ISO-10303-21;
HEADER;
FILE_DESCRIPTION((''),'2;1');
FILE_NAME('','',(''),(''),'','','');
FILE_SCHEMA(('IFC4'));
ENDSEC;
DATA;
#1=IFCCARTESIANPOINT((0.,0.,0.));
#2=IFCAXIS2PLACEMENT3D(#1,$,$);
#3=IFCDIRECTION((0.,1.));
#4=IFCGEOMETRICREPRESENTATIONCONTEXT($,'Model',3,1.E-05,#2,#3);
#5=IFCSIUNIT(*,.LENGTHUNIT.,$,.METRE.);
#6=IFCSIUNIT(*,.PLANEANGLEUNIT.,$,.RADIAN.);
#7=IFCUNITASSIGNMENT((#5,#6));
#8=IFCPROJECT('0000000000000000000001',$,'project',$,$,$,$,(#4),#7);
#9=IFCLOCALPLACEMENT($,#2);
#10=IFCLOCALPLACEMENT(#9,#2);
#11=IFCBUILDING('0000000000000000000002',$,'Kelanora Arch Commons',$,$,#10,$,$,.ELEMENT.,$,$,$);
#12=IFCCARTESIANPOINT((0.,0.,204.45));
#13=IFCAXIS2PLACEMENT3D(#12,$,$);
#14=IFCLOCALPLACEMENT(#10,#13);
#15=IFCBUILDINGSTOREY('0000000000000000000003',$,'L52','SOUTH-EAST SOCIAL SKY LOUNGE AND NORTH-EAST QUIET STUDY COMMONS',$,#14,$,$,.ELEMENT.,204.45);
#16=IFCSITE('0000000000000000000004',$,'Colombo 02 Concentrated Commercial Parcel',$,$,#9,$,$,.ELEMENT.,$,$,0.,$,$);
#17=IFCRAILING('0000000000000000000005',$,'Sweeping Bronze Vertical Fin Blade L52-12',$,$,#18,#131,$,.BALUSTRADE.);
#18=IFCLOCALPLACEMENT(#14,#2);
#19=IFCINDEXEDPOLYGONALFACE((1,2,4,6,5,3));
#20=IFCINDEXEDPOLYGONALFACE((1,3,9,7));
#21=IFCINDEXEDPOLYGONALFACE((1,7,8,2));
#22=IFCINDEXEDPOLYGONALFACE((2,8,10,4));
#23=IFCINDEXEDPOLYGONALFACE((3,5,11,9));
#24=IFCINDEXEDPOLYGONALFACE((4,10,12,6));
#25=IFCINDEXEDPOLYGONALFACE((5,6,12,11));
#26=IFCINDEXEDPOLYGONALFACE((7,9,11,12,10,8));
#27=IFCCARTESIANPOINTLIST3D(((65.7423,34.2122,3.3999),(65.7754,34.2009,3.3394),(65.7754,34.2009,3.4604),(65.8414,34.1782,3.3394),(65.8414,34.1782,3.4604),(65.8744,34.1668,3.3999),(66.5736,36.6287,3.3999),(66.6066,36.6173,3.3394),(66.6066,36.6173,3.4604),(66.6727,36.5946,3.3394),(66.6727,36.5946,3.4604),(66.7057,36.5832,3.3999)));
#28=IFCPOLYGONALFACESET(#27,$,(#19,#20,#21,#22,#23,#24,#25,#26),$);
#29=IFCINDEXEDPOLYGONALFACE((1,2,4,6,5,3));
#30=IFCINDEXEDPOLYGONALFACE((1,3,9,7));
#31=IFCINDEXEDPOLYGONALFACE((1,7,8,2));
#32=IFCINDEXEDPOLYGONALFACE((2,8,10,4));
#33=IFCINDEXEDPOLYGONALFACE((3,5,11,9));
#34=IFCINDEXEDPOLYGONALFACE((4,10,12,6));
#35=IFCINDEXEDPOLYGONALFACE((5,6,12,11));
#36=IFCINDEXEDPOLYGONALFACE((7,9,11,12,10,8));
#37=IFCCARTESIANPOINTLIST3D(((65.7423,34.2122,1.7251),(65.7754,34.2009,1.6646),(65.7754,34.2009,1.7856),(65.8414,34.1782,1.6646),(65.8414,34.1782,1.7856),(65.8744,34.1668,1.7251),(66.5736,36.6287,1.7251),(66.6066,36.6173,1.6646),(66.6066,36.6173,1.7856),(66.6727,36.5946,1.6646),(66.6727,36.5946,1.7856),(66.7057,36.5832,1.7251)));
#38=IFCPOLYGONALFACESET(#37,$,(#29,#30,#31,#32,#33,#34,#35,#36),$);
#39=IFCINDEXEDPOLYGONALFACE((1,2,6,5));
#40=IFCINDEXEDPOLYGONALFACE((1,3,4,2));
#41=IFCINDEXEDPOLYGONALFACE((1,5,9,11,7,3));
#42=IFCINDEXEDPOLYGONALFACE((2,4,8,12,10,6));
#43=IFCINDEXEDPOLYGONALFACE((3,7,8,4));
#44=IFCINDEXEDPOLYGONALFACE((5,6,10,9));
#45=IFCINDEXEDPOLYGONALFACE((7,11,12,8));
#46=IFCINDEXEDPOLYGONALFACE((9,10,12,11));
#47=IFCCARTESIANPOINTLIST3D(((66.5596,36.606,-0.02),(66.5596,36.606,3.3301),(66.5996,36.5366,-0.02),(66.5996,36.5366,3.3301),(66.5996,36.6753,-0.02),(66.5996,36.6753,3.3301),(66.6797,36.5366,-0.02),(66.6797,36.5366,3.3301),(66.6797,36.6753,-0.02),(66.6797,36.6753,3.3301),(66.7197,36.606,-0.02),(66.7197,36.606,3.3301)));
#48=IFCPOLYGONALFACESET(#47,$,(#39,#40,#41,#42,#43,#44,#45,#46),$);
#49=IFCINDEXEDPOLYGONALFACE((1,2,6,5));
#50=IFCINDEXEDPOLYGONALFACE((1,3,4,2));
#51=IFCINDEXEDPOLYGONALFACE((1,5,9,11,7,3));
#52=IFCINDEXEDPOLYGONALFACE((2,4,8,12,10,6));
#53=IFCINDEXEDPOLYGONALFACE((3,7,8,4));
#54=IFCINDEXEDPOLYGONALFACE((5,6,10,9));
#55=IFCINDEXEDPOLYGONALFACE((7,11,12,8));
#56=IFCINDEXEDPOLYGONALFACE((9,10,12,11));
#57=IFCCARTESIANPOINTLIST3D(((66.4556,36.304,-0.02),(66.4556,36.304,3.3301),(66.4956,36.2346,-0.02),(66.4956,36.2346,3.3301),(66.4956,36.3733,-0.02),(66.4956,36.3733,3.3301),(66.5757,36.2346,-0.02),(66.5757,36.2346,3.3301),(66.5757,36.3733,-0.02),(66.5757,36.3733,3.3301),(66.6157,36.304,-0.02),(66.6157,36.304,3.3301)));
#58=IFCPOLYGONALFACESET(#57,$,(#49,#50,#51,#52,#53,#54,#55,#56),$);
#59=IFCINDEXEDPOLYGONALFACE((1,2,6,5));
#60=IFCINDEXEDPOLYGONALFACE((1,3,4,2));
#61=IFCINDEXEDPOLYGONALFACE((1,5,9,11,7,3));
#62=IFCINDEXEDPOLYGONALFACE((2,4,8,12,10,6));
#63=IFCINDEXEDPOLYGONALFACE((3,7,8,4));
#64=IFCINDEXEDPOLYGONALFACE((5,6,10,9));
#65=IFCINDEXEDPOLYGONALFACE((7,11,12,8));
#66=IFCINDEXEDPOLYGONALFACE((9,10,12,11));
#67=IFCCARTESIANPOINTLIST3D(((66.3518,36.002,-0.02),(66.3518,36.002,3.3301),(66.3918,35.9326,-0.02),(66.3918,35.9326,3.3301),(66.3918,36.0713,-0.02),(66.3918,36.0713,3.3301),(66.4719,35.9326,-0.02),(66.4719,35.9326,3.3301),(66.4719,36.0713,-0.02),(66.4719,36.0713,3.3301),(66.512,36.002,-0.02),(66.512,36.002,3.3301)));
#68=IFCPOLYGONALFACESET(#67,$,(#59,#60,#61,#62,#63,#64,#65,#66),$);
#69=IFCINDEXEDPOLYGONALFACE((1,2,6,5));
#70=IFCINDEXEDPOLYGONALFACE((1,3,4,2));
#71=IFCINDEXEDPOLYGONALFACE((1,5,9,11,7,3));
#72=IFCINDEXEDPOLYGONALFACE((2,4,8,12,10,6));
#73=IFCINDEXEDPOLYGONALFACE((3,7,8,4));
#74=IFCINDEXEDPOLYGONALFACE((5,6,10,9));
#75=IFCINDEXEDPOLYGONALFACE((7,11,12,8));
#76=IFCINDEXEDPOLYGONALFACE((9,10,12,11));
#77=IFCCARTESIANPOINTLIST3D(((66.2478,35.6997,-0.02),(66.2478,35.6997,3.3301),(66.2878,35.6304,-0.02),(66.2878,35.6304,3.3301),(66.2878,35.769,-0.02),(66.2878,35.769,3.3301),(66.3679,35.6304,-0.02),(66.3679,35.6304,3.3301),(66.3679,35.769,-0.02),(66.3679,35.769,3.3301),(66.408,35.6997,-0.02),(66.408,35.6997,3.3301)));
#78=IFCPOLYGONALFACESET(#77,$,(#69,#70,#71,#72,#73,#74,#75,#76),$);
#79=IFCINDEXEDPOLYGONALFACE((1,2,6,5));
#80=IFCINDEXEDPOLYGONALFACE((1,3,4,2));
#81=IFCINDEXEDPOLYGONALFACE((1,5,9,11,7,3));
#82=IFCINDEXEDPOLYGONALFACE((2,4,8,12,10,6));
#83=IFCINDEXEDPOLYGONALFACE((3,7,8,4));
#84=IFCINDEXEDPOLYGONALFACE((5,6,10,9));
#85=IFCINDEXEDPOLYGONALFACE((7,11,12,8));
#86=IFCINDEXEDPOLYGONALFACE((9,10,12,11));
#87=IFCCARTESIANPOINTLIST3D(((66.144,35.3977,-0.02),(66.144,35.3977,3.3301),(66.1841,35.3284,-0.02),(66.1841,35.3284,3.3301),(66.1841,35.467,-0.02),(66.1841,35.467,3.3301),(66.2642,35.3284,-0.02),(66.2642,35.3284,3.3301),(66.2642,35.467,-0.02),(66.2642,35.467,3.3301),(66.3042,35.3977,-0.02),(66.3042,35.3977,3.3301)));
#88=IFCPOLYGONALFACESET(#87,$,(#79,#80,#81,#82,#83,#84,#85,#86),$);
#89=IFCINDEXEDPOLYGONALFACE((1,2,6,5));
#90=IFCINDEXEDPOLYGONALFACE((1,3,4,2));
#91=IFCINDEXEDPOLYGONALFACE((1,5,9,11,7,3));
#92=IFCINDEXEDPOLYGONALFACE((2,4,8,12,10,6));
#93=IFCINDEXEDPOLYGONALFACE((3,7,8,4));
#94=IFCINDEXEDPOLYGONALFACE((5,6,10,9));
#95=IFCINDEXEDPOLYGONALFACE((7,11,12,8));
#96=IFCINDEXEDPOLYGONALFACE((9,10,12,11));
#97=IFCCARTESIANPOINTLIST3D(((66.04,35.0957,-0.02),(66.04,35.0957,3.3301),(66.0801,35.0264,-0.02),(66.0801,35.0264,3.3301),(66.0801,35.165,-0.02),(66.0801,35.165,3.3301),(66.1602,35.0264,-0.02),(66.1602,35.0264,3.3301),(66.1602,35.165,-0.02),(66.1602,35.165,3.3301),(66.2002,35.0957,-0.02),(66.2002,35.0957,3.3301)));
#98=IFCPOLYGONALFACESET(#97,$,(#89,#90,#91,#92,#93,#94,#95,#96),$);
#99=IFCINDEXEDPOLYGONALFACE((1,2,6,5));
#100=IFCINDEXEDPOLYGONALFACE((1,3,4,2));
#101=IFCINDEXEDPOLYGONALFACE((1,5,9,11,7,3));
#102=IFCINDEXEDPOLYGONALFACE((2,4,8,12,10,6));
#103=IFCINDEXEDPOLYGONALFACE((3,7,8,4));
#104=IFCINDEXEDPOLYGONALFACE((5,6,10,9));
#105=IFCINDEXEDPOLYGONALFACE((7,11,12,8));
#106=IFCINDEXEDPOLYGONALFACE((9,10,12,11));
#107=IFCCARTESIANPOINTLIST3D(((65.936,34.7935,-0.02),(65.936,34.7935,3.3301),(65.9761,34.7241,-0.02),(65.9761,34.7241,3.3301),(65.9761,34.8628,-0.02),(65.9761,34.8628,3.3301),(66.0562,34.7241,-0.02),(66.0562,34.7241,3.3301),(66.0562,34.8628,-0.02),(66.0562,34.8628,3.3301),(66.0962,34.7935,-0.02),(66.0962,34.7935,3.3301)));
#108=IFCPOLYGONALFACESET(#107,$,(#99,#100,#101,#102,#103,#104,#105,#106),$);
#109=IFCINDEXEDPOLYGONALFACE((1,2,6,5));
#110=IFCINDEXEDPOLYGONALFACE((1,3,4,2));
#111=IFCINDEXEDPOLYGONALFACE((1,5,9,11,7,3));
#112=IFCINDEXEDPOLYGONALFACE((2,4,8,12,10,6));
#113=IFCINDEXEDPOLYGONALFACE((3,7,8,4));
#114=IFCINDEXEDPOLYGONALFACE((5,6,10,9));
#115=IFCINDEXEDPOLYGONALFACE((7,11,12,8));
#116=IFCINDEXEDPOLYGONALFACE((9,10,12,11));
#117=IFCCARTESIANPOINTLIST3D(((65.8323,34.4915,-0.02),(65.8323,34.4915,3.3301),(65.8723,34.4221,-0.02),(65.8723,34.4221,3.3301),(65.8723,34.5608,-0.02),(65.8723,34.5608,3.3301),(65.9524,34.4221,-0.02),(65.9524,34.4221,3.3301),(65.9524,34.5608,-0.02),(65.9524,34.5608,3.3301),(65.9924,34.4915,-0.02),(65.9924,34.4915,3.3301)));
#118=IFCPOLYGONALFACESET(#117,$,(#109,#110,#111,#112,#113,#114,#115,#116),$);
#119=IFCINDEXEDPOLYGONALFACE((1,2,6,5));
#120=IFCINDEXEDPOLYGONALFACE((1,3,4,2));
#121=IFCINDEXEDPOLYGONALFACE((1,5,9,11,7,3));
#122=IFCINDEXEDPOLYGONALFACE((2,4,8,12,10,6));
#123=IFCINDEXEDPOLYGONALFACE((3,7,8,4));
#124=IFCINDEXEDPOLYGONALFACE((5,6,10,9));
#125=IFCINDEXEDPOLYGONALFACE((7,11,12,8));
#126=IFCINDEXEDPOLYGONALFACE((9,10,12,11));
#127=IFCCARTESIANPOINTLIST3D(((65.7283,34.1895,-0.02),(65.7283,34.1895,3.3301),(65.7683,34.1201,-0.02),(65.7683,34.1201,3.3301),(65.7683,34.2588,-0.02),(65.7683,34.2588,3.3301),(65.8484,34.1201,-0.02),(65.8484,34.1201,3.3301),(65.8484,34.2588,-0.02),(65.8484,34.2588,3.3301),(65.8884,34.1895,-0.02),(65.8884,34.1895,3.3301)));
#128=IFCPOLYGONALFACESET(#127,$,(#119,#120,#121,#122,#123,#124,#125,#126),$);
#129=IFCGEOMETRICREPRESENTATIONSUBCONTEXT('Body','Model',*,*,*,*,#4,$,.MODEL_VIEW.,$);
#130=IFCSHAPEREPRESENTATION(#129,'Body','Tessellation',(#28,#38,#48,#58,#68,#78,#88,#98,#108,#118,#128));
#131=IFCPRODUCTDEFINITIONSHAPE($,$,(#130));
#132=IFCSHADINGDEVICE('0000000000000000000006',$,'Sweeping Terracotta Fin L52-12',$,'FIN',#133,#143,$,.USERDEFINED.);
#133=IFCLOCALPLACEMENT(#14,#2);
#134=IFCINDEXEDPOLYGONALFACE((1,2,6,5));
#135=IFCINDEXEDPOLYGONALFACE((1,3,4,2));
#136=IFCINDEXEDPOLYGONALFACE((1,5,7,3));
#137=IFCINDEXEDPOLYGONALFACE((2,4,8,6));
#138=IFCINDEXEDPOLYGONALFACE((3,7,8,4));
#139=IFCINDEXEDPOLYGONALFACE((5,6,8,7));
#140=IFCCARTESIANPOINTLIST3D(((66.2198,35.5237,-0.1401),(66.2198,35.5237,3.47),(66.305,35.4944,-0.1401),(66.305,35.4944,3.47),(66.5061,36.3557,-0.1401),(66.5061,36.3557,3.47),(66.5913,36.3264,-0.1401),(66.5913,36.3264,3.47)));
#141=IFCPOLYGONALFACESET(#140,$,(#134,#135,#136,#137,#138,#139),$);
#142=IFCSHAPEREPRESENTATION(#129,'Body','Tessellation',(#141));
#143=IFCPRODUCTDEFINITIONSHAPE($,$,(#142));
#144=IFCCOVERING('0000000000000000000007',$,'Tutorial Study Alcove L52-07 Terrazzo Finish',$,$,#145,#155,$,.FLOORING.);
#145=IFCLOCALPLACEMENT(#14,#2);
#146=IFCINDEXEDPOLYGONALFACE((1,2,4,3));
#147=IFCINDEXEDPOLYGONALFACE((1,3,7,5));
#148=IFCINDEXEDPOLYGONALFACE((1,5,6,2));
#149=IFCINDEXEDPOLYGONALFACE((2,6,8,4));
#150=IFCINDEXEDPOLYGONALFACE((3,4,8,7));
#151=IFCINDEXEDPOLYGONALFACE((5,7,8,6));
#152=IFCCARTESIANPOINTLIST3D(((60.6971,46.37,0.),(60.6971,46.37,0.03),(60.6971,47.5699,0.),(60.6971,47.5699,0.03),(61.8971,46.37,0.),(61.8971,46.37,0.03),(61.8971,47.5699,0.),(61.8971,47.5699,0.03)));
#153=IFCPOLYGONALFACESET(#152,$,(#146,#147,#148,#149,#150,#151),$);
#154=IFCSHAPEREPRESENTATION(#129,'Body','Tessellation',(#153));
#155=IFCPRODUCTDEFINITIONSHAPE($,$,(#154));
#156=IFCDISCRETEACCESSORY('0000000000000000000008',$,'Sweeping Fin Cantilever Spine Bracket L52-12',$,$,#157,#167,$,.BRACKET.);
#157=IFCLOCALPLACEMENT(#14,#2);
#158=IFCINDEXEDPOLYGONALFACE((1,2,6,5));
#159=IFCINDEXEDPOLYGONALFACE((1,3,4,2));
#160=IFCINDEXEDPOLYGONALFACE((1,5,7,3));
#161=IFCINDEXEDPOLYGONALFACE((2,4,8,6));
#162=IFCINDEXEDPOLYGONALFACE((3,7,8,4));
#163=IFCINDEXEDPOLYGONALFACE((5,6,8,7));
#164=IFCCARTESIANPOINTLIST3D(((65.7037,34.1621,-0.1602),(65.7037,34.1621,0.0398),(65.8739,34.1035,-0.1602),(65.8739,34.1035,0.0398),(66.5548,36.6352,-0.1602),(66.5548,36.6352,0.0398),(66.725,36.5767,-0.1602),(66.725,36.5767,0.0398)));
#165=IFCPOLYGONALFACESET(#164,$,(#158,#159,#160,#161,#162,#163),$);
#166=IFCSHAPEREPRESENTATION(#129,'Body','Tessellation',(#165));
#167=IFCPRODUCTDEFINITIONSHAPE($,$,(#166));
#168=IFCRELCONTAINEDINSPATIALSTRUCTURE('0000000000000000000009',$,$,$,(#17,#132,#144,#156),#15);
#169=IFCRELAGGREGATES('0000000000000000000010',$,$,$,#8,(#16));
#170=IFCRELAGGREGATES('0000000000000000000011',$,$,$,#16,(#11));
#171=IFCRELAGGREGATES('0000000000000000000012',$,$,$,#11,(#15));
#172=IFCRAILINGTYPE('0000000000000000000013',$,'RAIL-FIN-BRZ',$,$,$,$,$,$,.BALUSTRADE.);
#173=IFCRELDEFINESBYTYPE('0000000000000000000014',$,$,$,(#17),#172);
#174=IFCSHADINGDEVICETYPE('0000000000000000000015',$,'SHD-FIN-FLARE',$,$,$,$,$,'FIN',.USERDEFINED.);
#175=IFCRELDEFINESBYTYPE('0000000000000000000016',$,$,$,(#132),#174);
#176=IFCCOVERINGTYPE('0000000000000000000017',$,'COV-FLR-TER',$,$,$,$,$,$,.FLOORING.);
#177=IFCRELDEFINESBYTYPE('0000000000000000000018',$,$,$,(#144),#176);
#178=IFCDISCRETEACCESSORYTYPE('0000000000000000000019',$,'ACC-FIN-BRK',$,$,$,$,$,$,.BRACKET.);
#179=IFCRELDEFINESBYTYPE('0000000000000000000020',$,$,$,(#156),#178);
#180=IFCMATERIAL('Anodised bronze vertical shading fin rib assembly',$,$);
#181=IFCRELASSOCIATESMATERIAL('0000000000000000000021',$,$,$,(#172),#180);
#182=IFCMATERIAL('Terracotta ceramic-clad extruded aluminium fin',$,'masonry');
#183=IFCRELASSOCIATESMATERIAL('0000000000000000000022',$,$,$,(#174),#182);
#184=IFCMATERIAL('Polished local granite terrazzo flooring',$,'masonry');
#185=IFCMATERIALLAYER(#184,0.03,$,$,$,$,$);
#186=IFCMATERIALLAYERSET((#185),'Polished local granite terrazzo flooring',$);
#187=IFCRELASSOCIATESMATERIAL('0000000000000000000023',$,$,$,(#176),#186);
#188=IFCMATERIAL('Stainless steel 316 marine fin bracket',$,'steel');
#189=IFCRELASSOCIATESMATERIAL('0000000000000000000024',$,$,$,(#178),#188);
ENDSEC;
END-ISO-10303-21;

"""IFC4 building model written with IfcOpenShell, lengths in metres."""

from ifc_helpers import new_model, si_unit, direction, frame, origin, origin_2d, place, context, subcontext, project, spatial, polyline, rectangle, outline, extrude, source, transform, mapped, material, layer, layer_set, type_object, element, save


model = new_model("IFC4")

# Units and contexts
model_context = context("Model", 3, precision=1e-05, world=origin(), true_north=direction((0.0, 1.0)))
body_context = subcontext(model_context, "Body", "Model", "MODEL_VIEW")
ifc_project = project(units=[si_unit("LENGTHUNIT", "METRE"), si_unit("PLANEANGLEUNIT", "RADIAN")], contexts=[model_context])

# Site, building, storey
site_placement = place(None, origin())
site = spatial("IfcSite", under=ifc_project, at=site_placement, Name="Colombo 02 Concentrated Commercial Parcel", CompositionType="ELEMENT", RefElevation=0.0)
building_placement = place(site_placement, origin())
building = spatial("IfcBuilding", under=site, at=building_placement, Name="Kelanora Arch Commons", CompositionType="ELEMENT")
storey_placement = place(building_placement, frame((0.0, 0.0, 204.45)))
storey = spatial("IfcBuildingStorey", under=building, at=storey_placement, Name="L52", Description="SOUTH-EAST SOCIAL SKY LOUNGE AND NORTH-EAST QUIET STUDY COMMONS", CompositionType="ELEMENT", Elevation=204.45)

# Railing
ifc_material_1 = material(Name="Anodised bronze vertical shading fin rib assembly")
railing_type = type_object("IfcRailingType", Name="RAIL-FIN-BRZ", PredefinedType="BALUSTRADE", material=ifc_material_1)
railing_placement = place(storey_placement, frame((66.6396, 36.606, -0.02)))
element("IfcRailing", 1, at=railing_placement, inside=storey, type_object=railing_type, Name="Sweeping Bronze Vertical Fin Blade L52-12", PredefinedType="BALUSTRADE", context=body_context, shape_type="SweptSolid", body=[
    extrude(outline(polyline([(0.0698, 0.0), (0.0349, 0.0605), (-0.0349, 0.0605), (-0.0698, 0.0), (-0.0349, -0.0605), (0.0349, -0.0605), (0.0698, 0.0)])), frame((0.0, 0.0, 3.4199), z_axis=(-0.325299, -0.945611, 0.0), x_axis=(0.945611, -0.325299, 0.0)), (0.0, 0.0, 1.0), 2.5554),
    extrude(outline(polyline([(0.0698, 0.0), (0.0349, 0.0605), (-0.0349, 0.0605), (-0.0698, 0.0), (-0.0349, -0.0605), (0.0349, -0.0605), (0.0698, 0.0)])), frame((0.0, 0.0, 1.7451), z_axis=(-0.325299, -0.945611, 0.0), x_axis=(0.945611, -0.325299, 0.0)), (0.0, 0.0, 1.0), 2.5554),
    extrude(outline(polyline([(0.0801, 0.0), (0.04, 0.0693), (-0.04, 0.0693), (-0.0801, 0.0), (-0.04, -0.0693), (0.04, -0.0693), (0.0801, 0.0)])), origin(), (0.0, 0.0, 1.0), 3.3501),
    extrude(outline(polyline([(0.0801, 0.0), (0.04, 0.0693), (-0.04, 0.0693), (-0.0801, 0.0), (-0.04, -0.0693), (0.04, -0.0693), (0.0801, 0.0)])), frame((-0.104, -0.302, 0.0)), (0.0, 0.0, 1.0), 3.3501),
    extrude(outline(polyline([(0.0801, 0.0), (0.04, 0.0693), (-0.04, 0.0693), (-0.0801, 0.0), (-0.04, -0.0693), (0.04, -0.0693), (0.0801, 0.0)])), frame((-0.2078, -0.604, 0.0)), (0.0, 0.0, 1.0), 3.3501),
    extrude(outline(polyline([(0.0801, 0.0), (0.04, 0.0693), (-0.04, 0.0693), (-0.0801, 0.0), (-0.04, -0.0693), (0.04, -0.0693), (0.0801, 0.0)])), frame((-0.3118, -0.9062, 0.0)), (0.0, 0.0, 1.0), 3.3501),
    extrude(outline(polyline([(0.0801, 0.0), (0.04, 0.0693), (-0.04, 0.0693), (-0.0801, 0.0), (-0.04, -0.0693), (0.04, -0.0693), (0.0801, 0.0)])), frame((-0.4155, -1.2083, 0.0)), (0.0, 0.0, 1.0), 3.3501),
    extrude(outline(polyline([(0.0801, 0.0), (0.04, 0.0693), (-0.04, 0.0693), (-0.0801, 0.0), (-0.04, -0.0693), (0.04, -0.0693), (0.0801, 0.0)])), frame((-0.5195, -1.5103, 0.0)), (0.0, 0.0, 1.0), 3.3501),
    extrude(outline(polyline([(0.0801, 0.0), (0.04, 0.0693), (-0.04, 0.0693), (-0.0801, 0.0), (-0.04, -0.0693), (0.04, -0.0693), (0.0801, 0.0)])), frame((-0.6235, -1.8125, 0.0)), (0.0, 0.0, 1.0), 3.3501),
    extrude(outline(polyline([(0.0801, 0.0), (0.04, 0.0693), (-0.04, 0.0693), (-0.0801, 0.0), (-0.04, -0.0693), (0.04, -0.0693), (0.0801, 0.0)])), frame((-0.7273, -2.1145, 0.0)), (0.0, 0.0, 1.0), 3.3501),
    extrude(outline(polyline([(0.0801, 0.0), (0.04, 0.0693), (-0.04, 0.0693), (-0.0801, 0.0), (-0.04, -0.0693), (0.04, -0.0693), (0.0801, 0.0)])), frame((-0.8313, -2.4165, 0.0)), (0.0, 0.0, 1.0), 3.3501),
])

# Shading device
ifc_material_2 = material(Name="Terracotta ceramic-clad extruded aluminium fin", Category="masonry")
shading_device_type = type_object("IfcShadingDeviceType", Name="SHD-FIN-FLARE", ElementType="FIN", PredefinedType="USERDEFINED", material=ifc_material_2)
shared_shape_1 = source(origin(), body_context, "Body", "SweptSolid", [
    extrude(rectangle(XDim=0.8799, YDim=0.0901, at=origin_2d()), origin(), (0.0, 0.0, 1.0), 3.6101),
])
shading_device_placement = place(storey_placement, frame((66.4055, 35.925, -0.1401), z_axis=(0.0, 0.0, 1.0), x_axis=(-0.325403, -0.945575, 0.0)))
element("IfcShadingDevice", 2, at=shading_device_placement, inside=storey, type_object=shading_device_type, Name="Sweeping Terracotta Fin L52-12", ObjectType="FIN", PredefinedType="USERDEFINED", context=body_context, shape_type="MappedRepresentation", body=[
    mapped(shared_shape_1, transform((0.0, 0.0, 0.0), scale=1.0)),
])

# Covering
ifc_material_3 = material(Name="Polished local granite terrazzo flooring", Category="masonry")
ifc_layer_1 = layer(ifc_material_3, 0.03)
ifc_layer_set_1 = layer_set([ifc_layer_1], Name="Polished local granite terrazzo flooring")
covering_type = type_object("IfcCoveringType", Name="COV-FLR-TER", PredefinedType="FLOORING", material=ifc_layer_set_1)
shared_shape_2 = source(origin(), body_context, "Body", "SweptSolid", [
    extrude(rectangle(XDim=1.2, YDim=1.2, at=origin_2d()), origin(), (0.0, 0.0, 1.0), 0.03),
])
covering_placement = place(storey_placement, frame((61.2971, 46.97, 0.0), z_axis=(0.0, 0.0, 1.0), x_axis=(1.0, 0.0, 0.0)))
element("IfcCovering", 3, at=covering_placement, inside=storey, type_object=covering_type, Name="Tutorial Study Alcove L52-07 Terrazzo Finish", PredefinedType="FLOORING", context=body_context, shape_type="MappedRepresentation", body=[
    mapped(shared_shape_2, transform((0.0, 0.0, 0.0), scale=1.0)),
])

# Discrete accessory
ifc_material_4 = material(Name="Stainless steel 316 marine fin bracket", Category="steel")
discrete_accessory_type = type_object("IfcDiscreteAccessoryType", Name="ACC-FIN-BRK", PredefinedType="BRACKET", material=ifc_material_4)
shared_shape_3 = source(origin(), body_context, "Body", "SweptSolid", [
    extrude(rectangle(XDim=2.6155, YDim=0.1799, at=origin_2d()), origin(), (0.0, 0.0, 1.0), 0.2),
])
discrete_accessory_placement = place(storey_placement, frame((66.2144, 35.3694, -0.1602), z_axis=(0.0, 0.0, 1.0), x_axis=(-0.325403, -0.945575, 0.0)))
element("IfcDiscreteAccessory", 4, at=discrete_accessory_placement, inside=storey, type_object=discrete_accessory_type, Name="Sweeping Fin Cantilever Spine Bracket L52-12", PredefinedType="BRACKET", context=body_context, shape_type="MappedRepresentation", body=[
    mapped(shared_shape_3, transform((0.0, 0.0, 0.0), scale=1.0)),
])

save(model, "model.ifc")
